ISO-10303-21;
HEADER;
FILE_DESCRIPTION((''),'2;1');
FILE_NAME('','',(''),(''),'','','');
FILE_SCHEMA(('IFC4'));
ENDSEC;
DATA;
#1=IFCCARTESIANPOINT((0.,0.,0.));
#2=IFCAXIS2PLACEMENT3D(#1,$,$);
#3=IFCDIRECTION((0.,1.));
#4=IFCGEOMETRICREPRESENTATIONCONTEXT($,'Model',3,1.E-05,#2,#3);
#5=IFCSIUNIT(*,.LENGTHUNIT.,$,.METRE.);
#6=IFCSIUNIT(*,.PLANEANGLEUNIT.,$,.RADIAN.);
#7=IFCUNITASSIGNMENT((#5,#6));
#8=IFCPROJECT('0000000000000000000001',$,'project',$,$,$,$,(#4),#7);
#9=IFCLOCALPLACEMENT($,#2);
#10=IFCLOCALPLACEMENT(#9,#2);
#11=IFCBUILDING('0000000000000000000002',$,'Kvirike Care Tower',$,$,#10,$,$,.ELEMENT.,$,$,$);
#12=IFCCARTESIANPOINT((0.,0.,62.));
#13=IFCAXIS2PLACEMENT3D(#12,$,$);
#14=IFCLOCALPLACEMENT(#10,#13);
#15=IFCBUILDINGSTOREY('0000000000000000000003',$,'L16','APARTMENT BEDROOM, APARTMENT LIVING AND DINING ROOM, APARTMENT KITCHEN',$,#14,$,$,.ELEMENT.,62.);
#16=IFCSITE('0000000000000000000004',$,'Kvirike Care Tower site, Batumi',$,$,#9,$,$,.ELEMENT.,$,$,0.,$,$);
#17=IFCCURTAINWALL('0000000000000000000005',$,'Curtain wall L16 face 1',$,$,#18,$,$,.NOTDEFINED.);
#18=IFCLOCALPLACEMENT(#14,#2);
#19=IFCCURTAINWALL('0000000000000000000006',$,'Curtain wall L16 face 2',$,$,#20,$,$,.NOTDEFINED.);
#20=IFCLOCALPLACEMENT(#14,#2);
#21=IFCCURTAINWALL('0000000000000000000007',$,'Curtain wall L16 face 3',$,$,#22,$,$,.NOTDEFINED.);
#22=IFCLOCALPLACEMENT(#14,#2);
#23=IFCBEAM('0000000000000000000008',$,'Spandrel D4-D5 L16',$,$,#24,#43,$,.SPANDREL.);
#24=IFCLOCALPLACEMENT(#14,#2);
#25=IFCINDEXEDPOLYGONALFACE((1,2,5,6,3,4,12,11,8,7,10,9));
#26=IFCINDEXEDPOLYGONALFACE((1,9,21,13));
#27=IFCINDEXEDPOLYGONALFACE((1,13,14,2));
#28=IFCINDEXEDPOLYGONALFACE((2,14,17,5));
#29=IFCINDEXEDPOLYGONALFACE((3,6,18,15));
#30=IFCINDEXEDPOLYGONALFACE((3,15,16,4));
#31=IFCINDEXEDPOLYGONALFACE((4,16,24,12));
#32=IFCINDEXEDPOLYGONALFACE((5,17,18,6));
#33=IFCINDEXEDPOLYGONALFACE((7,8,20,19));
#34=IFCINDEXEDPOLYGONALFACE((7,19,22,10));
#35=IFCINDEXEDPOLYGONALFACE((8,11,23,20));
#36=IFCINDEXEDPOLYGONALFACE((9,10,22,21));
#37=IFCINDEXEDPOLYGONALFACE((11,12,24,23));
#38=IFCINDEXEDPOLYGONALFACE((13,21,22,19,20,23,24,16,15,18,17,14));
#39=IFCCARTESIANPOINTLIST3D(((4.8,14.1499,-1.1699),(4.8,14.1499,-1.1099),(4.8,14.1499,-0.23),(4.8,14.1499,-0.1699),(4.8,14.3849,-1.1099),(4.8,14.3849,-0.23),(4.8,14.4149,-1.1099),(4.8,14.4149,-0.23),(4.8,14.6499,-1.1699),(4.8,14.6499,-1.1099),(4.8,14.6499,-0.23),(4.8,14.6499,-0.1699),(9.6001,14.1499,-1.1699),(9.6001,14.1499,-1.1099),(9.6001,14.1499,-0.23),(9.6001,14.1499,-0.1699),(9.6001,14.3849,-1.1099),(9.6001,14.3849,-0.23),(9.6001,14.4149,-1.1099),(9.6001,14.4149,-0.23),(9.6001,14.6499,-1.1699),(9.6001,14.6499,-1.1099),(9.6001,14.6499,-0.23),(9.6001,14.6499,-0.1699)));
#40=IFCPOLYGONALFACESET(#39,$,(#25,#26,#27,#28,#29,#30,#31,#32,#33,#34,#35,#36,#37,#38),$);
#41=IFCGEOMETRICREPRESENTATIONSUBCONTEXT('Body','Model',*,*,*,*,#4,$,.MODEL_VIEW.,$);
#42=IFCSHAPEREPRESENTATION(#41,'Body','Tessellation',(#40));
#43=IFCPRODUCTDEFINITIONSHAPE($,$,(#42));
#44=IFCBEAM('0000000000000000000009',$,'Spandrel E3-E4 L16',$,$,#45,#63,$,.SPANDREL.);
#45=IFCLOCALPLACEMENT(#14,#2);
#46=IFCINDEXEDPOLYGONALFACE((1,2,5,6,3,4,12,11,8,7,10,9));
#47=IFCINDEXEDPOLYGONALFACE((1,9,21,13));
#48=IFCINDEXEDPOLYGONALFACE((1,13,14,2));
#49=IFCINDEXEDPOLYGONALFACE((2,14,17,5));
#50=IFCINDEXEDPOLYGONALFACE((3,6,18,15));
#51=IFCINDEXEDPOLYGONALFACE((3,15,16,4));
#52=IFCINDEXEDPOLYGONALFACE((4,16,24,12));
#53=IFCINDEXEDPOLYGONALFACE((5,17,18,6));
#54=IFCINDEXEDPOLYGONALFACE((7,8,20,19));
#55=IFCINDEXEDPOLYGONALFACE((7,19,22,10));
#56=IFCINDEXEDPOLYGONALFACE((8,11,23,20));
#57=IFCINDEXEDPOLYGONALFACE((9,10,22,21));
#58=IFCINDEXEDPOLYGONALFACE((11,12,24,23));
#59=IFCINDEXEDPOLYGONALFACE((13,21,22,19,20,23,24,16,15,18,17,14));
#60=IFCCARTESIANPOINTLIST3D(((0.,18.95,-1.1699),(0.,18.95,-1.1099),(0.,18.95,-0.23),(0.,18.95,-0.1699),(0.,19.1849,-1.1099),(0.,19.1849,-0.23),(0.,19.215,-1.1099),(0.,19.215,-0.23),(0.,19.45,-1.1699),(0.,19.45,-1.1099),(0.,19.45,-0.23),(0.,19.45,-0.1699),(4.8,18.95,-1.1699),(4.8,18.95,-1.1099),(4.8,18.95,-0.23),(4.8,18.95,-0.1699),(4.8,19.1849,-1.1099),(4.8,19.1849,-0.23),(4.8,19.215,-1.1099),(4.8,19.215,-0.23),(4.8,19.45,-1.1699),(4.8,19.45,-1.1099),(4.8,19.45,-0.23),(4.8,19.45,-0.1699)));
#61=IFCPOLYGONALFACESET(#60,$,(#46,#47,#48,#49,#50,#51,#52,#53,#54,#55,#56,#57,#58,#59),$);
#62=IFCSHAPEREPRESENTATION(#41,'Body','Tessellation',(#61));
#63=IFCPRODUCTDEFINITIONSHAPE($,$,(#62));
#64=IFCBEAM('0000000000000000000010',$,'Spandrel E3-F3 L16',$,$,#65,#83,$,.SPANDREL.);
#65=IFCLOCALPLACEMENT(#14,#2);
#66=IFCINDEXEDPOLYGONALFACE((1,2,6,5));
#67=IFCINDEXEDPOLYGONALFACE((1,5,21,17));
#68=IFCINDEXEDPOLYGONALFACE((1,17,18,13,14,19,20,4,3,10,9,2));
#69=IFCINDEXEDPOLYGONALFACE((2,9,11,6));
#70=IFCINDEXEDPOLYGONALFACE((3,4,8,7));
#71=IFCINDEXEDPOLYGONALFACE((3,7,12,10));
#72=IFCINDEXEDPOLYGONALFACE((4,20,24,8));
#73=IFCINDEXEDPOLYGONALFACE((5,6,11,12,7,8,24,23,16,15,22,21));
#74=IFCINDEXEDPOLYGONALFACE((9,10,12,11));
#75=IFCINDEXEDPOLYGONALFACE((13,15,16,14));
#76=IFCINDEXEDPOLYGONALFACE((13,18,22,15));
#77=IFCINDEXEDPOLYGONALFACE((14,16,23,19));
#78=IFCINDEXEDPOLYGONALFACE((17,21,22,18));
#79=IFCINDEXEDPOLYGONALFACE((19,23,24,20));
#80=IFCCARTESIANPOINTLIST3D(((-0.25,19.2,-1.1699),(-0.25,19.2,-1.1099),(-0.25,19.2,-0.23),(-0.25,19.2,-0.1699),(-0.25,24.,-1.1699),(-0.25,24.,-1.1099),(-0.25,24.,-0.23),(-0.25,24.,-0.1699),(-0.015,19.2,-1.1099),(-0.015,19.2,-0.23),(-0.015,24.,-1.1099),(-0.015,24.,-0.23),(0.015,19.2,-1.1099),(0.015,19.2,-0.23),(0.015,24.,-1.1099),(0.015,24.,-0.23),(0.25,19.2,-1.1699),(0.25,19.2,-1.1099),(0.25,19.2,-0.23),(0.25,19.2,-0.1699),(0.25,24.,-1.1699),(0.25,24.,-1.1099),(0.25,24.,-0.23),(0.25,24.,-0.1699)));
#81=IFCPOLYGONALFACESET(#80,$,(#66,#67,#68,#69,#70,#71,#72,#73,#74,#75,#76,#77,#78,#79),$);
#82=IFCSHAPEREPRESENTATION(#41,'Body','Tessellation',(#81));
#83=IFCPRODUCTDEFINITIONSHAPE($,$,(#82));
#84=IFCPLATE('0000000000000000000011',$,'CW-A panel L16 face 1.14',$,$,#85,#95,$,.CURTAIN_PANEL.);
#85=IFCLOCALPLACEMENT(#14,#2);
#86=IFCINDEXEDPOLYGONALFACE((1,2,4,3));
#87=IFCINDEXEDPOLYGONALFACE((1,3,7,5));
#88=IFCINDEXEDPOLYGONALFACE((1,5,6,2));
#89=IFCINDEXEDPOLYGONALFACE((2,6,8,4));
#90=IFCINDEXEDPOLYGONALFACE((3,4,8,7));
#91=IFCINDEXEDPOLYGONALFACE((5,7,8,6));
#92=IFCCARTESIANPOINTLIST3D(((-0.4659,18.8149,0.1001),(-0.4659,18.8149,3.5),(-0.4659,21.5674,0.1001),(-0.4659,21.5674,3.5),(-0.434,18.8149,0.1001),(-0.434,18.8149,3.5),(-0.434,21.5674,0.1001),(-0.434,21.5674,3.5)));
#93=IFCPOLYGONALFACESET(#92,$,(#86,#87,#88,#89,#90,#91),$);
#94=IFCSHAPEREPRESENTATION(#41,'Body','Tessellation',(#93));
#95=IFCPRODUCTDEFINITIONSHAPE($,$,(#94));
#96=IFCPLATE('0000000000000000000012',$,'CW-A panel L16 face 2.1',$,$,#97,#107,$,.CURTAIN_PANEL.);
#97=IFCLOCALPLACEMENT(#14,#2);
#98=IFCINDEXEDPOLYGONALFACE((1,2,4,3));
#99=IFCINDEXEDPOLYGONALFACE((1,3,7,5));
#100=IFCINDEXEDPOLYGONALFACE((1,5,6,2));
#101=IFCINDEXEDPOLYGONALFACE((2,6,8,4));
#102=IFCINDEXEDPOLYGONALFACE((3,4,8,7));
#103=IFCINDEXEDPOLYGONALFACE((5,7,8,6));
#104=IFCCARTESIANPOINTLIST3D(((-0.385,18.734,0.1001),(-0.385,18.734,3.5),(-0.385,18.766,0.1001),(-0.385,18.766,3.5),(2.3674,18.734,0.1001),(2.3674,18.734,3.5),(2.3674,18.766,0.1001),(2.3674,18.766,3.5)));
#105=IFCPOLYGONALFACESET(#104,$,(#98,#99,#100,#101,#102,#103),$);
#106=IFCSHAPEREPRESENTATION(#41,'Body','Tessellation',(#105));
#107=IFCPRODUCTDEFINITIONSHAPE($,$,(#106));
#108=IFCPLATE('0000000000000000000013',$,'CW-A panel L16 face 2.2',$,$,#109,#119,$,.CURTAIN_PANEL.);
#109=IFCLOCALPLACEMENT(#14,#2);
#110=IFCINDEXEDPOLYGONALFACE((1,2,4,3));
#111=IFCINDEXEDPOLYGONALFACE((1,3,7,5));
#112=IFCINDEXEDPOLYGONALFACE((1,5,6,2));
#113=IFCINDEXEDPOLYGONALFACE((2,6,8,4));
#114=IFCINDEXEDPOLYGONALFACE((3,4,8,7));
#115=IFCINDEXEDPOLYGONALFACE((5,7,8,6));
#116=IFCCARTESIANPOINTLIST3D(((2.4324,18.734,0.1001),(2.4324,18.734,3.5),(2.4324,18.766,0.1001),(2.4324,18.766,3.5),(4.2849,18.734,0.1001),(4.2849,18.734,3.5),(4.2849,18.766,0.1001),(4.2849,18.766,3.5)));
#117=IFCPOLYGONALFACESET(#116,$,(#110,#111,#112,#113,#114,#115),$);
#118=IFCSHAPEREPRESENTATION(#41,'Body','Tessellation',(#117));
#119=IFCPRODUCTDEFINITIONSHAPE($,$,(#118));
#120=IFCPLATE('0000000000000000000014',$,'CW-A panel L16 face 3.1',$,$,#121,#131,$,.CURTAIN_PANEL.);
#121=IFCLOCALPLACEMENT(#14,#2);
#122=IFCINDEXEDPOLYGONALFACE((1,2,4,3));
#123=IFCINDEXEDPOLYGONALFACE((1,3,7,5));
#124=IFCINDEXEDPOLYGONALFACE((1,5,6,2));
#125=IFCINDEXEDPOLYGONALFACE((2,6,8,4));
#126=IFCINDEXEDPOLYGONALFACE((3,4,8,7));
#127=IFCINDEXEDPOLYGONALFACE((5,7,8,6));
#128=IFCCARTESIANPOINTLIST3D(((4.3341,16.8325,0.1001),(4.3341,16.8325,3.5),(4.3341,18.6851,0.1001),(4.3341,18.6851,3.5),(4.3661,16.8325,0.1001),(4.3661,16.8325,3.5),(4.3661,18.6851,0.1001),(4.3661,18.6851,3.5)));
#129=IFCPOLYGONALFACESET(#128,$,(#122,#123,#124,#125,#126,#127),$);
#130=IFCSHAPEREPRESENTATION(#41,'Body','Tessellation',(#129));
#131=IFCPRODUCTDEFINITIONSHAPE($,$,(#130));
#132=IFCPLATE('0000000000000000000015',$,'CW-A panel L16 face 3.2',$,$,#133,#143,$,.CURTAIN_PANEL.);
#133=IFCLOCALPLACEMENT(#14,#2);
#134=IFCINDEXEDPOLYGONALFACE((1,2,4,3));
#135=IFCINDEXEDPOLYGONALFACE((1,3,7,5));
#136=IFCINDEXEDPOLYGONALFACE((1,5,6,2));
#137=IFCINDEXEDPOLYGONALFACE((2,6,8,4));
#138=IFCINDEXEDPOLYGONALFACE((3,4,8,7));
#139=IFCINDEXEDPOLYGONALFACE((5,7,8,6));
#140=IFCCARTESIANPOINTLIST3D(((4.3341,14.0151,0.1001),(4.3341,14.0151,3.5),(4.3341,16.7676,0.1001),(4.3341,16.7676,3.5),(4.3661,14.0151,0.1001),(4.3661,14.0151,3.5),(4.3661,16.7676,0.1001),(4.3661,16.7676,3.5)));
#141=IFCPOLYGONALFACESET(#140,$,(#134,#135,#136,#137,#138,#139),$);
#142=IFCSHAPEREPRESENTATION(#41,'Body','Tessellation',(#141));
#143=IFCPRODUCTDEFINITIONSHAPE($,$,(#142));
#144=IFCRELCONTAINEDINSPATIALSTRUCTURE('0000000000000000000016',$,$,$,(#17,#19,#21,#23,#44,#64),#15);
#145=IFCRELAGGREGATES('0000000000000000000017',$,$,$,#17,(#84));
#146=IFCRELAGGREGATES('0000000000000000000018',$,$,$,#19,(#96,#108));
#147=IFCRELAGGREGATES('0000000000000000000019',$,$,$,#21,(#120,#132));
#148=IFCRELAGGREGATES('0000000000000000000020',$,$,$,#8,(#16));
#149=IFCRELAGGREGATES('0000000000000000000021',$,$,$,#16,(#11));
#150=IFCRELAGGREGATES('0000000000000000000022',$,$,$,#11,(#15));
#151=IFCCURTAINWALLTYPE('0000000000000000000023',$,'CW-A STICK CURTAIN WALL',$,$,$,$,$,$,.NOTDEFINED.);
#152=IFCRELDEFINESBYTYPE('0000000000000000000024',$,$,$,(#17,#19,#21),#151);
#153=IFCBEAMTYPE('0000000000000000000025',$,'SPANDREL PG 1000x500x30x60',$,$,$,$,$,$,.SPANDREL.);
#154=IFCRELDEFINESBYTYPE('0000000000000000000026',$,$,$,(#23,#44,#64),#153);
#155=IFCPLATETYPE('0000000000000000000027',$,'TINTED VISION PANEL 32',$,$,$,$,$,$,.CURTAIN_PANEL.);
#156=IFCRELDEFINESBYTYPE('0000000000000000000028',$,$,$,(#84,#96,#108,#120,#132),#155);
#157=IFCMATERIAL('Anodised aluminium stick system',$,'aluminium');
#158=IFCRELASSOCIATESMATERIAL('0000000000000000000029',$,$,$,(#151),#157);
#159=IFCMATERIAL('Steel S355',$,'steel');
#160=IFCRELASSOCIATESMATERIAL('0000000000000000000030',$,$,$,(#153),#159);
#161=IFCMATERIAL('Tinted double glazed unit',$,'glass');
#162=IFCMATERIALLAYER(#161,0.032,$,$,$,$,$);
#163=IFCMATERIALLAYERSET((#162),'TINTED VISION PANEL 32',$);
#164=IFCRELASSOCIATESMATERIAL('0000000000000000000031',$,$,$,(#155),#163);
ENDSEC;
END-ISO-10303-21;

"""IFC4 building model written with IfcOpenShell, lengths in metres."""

from ifc_helpers import new_model, si_unit, direction, frame, origin, origin_2d, place, context, subcontext, project, spatial, rectangle, i_section, extrude, material, layer, layer_set, material_profile, profile_set, type_object, element, aggregate, save


model = new_model("IFC4")

# Units and contexts
model_context = context("Model", 3, precision=1e-05, world=origin(), true_north=direction((0.0, 1.0)))
body_context = subcontext(model_context, "Body", "Model", "MODEL_VIEW")
ifc_project = project(units=[si_unit("LENGTHUNIT", "METRE"), si_unit("PLANEANGLEUNIT", "RADIAN")], contexts=[model_context])

# Site, building, storey
site_placement = place(None, origin())
site = spatial("IfcSite", under=ifc_project, at=site_placement, Name="Kvirike Care Tower site, Batumi", CompositionType="ELEMENT", RefElevation=0.0)
building_placement = place(site_placement, origin())
building = spatial("IfcBuilding", under=site, at=building_placement, Name="Kvirike Care Tower", CompositionType="ELEMENT")
storey_placement = place(building_placement, frame((0.0, 0.0, 62.0)))
storey = spatial("IfcBuildingStorey", under=building, at=storey_placement, Name="L16", Description="APARTMENT BEDROOM, APARTMENT LIVING AND DINING ROOM, APARTMENT KITCHEN", CompositionType="ELEMENT", Elevation=62.0)

# Curtain wall
ifc_material_1 = material(Name="Anodised aluminium stick system", Category="aluminium")
curtain_wall_type = type_object("IfcCurtainWallType", Name="CW-A STICK CURTAIN WALL", PredefinedType="NOTDEFINED", material=ifc_material_1)
curtain_wall_1_placement = place(storey_placement, origin())
curtain_wall_1 = element("IfcCurtainWall", 1, at=curtain_wall_1_placement, inside=storey, type_object=curtain_wall_type, Name="Curtain wall L16 face 1", PredefinedType="NOTDEFINED")

# Curtain walls
curtain_wall_2_placement = place(storey_placement, origin())
curtain_wall_2 = element("IfcCurtainWall", 2, at=curtain_wall_2_placement, inside=storey, type_object=curtain_wall_type, Name="Curtain wall L16 face 2", PredefinedType="NOTDEFINED")
curtain_wall_3_placement = place(storey_placement, origin())
curtain_wall_3 = element("IfcCurtainWall", 3, at=curtain_wall_3_placement, inside=storey, type_object=curtain_wall_type, Name="Curtain wall L16 face 3", PredefinedType="NOTDEFINED")

# Beams
ifc_material_2 = material(Name="Steel S355", Category="steel")
ifc_material_profile_1 = material_profile(ifc_material_2, i_section(OverallWidth=0.5, OverallDepth=1.0, WebThickness=0.03, FlangeThickness=0.0601, at=origin_2d()), Name="PG 1000x500x30x60")
ifc_profile_set_1 = profile_set([ifc_material_profile_1], Name="Steel S355")
beam_type = type_object("IfcBeamType", Name="SPANDREL PG 1000x500x30x60", PredefinedType="SPANDREL", material=ifc_profile_set_1)
for number, where, z_axis, x_axis, name in (
    (4, (4.8, 14.3999, -0.6699), (1.0, 0.0, 0.0), (0.0, 1.0, 0.0), "Spandrel D4-D5 L16"),
    (5, (0.0, 19.2, -0.6699), (1.0, 0.0, 0.0), (0.0, 1.0, 0.0), "Spandrel E3-E4 L16"),
    (6, (0.0, 19.2, -0.6699), (0.0, 1.0, 0.0), (-1.0, 0.0, 0.0), "Spandrel E3-F3 L16"),
):
    element("IfcBeam", number, at=place(storey_placement, frame(where, z_axis=z_axis, x_axis=x_axis)), inside=storey, type_object=beam_type, Name=name, PredefinedType="SPANDREL", context=body_context, shape_type="SweptSolid", body=[
        extrude(i_section(OverallWidth=0.5, OverallDepth=1.0, WebThickness=0.03, FlangeThickness=0.0601, at=origin_2d()), origin(), (0.0, 0.0, 1.0), 4.8),
    ])

# Plates
ifc_material_3 = material(Name="Tinted double glazed unit", Category="glass")
ifc_layer = layer(ifc_material_3, 0.032)
ifc_layer_set = layer_set([ifc_layer], Name="TINTED VISION PANEL 32")
plate_type = type_object("IfcPlateType", Name="TINTED VISION PANEL 32", PredefinedType="CURTAIN_PANEL", material=ifc_layer_set)
plate_1_placement = place(storey_placement, frame((-0.45, 20.1912, 0.1001), z_axis=(0.0, 0.0, 1.0), x_axis=(0.0, -1.0, 0.0)))
plate_1 = element("IfcPlate", 7, at=plate_1_placement, type_object=plate_type, Name="CW-A panel L16 face 1.14", PredefinedType="CURTAIN_PANEL", context=body_context, shape_type="SweptSolid", body=[
    extrude(rectangle(XDim=2.7524, YDim=0.032, at=origin_2d()), origin(), (0.0, 0.0, 1.0), 3.3999),
])
aggregate(curtain_wall_1, [plate_1])
plate_2_placement = place(storey_placement, frame((0.9912, 18.75, 0.1001), z_axis=(0.0, 0.0, 1.0), x_axis=(1.0, 0.0, 0.0)))
plate_2 = element("IfcPlate", 8, at=plate_2_placement, type_object=plate_type, Name="CW-A panel L16 face 2.1", PredefinedType="CURTAIN_PANEL", context=body_context, shape_type="SweptSolid", body=[
    extrude(rectangle(XDim=2.7524, YDim=0.032, at=origin_2d()), origin(), (0.0, 0.0, 1.0), 3.3999),
])
plate_3_placement = place(storey_placement, frame((3.3586, 18.75, 0.1001), z_axis=(0.0, 0.0, 1.0), x_axis=(1.0, 0.0, 0.0)))
plate_3 = element("IfcPlate", 9, at=plate_3_placement, type_object=plate_type, Name="CW-A panel L16 face 2.2", PredefinedType="CURTAIN_PANEL", context=body_context, shape_type="SweptSolid", body=[
    extrude(rectangle(XDim=1.8525, YDim=0.032, at=origin_2d()), origin(), (0.0, 0.0, 1.0), 3.3999),
])
aggregate(curtain_wall_2, [plate_2, plate_3])
plate_4_placement = place(storey_placement, frame((4.3501, 17.7588, 0.1001), z_axis=(0.0, 0.0, 1.0), x_axis=(0.0, -1.0, 0.0)))
plate_4 = element("IfcPlate", 10, at=plate_4_placement, type_object=plate_type, Name="CW-A panel L16 face 3.1", PredefinedType="CURTAIN_PANEL", context=body_context, shape_type="SweptSolid", body=[
    extrude(rectangle(XDim=1.8525, YDim=0.032, at=origin_2d()), origin(), (0.0, 0.0, 1.0), 3.3999),
])
plate_5_placement = place(storey_placement, frame((4.3501, 15.3914, 0.1001), z_axis=(0.0, 0.0, 1.0), x_axis=(0.0, -1.0, 0.0)))
plate_5 = element("IfcPlate", 11, at=plate_5_placement, type_object=plate_type, Name="CW-A panel L16 face 3.2", PredefinedType="CURTAIN_PANEL", context=body_context, shape_type="SweptSolid", body=[
    extrude(rectangle(XDim=2.7524, YDim=0.032, at=origin_2d()), origin(), (0.0, 0.0, 1.0), 3.3999),
])
aggregate(curtain_wall_3, [plate_4, plate_5])

save(model, "model.ifc")
